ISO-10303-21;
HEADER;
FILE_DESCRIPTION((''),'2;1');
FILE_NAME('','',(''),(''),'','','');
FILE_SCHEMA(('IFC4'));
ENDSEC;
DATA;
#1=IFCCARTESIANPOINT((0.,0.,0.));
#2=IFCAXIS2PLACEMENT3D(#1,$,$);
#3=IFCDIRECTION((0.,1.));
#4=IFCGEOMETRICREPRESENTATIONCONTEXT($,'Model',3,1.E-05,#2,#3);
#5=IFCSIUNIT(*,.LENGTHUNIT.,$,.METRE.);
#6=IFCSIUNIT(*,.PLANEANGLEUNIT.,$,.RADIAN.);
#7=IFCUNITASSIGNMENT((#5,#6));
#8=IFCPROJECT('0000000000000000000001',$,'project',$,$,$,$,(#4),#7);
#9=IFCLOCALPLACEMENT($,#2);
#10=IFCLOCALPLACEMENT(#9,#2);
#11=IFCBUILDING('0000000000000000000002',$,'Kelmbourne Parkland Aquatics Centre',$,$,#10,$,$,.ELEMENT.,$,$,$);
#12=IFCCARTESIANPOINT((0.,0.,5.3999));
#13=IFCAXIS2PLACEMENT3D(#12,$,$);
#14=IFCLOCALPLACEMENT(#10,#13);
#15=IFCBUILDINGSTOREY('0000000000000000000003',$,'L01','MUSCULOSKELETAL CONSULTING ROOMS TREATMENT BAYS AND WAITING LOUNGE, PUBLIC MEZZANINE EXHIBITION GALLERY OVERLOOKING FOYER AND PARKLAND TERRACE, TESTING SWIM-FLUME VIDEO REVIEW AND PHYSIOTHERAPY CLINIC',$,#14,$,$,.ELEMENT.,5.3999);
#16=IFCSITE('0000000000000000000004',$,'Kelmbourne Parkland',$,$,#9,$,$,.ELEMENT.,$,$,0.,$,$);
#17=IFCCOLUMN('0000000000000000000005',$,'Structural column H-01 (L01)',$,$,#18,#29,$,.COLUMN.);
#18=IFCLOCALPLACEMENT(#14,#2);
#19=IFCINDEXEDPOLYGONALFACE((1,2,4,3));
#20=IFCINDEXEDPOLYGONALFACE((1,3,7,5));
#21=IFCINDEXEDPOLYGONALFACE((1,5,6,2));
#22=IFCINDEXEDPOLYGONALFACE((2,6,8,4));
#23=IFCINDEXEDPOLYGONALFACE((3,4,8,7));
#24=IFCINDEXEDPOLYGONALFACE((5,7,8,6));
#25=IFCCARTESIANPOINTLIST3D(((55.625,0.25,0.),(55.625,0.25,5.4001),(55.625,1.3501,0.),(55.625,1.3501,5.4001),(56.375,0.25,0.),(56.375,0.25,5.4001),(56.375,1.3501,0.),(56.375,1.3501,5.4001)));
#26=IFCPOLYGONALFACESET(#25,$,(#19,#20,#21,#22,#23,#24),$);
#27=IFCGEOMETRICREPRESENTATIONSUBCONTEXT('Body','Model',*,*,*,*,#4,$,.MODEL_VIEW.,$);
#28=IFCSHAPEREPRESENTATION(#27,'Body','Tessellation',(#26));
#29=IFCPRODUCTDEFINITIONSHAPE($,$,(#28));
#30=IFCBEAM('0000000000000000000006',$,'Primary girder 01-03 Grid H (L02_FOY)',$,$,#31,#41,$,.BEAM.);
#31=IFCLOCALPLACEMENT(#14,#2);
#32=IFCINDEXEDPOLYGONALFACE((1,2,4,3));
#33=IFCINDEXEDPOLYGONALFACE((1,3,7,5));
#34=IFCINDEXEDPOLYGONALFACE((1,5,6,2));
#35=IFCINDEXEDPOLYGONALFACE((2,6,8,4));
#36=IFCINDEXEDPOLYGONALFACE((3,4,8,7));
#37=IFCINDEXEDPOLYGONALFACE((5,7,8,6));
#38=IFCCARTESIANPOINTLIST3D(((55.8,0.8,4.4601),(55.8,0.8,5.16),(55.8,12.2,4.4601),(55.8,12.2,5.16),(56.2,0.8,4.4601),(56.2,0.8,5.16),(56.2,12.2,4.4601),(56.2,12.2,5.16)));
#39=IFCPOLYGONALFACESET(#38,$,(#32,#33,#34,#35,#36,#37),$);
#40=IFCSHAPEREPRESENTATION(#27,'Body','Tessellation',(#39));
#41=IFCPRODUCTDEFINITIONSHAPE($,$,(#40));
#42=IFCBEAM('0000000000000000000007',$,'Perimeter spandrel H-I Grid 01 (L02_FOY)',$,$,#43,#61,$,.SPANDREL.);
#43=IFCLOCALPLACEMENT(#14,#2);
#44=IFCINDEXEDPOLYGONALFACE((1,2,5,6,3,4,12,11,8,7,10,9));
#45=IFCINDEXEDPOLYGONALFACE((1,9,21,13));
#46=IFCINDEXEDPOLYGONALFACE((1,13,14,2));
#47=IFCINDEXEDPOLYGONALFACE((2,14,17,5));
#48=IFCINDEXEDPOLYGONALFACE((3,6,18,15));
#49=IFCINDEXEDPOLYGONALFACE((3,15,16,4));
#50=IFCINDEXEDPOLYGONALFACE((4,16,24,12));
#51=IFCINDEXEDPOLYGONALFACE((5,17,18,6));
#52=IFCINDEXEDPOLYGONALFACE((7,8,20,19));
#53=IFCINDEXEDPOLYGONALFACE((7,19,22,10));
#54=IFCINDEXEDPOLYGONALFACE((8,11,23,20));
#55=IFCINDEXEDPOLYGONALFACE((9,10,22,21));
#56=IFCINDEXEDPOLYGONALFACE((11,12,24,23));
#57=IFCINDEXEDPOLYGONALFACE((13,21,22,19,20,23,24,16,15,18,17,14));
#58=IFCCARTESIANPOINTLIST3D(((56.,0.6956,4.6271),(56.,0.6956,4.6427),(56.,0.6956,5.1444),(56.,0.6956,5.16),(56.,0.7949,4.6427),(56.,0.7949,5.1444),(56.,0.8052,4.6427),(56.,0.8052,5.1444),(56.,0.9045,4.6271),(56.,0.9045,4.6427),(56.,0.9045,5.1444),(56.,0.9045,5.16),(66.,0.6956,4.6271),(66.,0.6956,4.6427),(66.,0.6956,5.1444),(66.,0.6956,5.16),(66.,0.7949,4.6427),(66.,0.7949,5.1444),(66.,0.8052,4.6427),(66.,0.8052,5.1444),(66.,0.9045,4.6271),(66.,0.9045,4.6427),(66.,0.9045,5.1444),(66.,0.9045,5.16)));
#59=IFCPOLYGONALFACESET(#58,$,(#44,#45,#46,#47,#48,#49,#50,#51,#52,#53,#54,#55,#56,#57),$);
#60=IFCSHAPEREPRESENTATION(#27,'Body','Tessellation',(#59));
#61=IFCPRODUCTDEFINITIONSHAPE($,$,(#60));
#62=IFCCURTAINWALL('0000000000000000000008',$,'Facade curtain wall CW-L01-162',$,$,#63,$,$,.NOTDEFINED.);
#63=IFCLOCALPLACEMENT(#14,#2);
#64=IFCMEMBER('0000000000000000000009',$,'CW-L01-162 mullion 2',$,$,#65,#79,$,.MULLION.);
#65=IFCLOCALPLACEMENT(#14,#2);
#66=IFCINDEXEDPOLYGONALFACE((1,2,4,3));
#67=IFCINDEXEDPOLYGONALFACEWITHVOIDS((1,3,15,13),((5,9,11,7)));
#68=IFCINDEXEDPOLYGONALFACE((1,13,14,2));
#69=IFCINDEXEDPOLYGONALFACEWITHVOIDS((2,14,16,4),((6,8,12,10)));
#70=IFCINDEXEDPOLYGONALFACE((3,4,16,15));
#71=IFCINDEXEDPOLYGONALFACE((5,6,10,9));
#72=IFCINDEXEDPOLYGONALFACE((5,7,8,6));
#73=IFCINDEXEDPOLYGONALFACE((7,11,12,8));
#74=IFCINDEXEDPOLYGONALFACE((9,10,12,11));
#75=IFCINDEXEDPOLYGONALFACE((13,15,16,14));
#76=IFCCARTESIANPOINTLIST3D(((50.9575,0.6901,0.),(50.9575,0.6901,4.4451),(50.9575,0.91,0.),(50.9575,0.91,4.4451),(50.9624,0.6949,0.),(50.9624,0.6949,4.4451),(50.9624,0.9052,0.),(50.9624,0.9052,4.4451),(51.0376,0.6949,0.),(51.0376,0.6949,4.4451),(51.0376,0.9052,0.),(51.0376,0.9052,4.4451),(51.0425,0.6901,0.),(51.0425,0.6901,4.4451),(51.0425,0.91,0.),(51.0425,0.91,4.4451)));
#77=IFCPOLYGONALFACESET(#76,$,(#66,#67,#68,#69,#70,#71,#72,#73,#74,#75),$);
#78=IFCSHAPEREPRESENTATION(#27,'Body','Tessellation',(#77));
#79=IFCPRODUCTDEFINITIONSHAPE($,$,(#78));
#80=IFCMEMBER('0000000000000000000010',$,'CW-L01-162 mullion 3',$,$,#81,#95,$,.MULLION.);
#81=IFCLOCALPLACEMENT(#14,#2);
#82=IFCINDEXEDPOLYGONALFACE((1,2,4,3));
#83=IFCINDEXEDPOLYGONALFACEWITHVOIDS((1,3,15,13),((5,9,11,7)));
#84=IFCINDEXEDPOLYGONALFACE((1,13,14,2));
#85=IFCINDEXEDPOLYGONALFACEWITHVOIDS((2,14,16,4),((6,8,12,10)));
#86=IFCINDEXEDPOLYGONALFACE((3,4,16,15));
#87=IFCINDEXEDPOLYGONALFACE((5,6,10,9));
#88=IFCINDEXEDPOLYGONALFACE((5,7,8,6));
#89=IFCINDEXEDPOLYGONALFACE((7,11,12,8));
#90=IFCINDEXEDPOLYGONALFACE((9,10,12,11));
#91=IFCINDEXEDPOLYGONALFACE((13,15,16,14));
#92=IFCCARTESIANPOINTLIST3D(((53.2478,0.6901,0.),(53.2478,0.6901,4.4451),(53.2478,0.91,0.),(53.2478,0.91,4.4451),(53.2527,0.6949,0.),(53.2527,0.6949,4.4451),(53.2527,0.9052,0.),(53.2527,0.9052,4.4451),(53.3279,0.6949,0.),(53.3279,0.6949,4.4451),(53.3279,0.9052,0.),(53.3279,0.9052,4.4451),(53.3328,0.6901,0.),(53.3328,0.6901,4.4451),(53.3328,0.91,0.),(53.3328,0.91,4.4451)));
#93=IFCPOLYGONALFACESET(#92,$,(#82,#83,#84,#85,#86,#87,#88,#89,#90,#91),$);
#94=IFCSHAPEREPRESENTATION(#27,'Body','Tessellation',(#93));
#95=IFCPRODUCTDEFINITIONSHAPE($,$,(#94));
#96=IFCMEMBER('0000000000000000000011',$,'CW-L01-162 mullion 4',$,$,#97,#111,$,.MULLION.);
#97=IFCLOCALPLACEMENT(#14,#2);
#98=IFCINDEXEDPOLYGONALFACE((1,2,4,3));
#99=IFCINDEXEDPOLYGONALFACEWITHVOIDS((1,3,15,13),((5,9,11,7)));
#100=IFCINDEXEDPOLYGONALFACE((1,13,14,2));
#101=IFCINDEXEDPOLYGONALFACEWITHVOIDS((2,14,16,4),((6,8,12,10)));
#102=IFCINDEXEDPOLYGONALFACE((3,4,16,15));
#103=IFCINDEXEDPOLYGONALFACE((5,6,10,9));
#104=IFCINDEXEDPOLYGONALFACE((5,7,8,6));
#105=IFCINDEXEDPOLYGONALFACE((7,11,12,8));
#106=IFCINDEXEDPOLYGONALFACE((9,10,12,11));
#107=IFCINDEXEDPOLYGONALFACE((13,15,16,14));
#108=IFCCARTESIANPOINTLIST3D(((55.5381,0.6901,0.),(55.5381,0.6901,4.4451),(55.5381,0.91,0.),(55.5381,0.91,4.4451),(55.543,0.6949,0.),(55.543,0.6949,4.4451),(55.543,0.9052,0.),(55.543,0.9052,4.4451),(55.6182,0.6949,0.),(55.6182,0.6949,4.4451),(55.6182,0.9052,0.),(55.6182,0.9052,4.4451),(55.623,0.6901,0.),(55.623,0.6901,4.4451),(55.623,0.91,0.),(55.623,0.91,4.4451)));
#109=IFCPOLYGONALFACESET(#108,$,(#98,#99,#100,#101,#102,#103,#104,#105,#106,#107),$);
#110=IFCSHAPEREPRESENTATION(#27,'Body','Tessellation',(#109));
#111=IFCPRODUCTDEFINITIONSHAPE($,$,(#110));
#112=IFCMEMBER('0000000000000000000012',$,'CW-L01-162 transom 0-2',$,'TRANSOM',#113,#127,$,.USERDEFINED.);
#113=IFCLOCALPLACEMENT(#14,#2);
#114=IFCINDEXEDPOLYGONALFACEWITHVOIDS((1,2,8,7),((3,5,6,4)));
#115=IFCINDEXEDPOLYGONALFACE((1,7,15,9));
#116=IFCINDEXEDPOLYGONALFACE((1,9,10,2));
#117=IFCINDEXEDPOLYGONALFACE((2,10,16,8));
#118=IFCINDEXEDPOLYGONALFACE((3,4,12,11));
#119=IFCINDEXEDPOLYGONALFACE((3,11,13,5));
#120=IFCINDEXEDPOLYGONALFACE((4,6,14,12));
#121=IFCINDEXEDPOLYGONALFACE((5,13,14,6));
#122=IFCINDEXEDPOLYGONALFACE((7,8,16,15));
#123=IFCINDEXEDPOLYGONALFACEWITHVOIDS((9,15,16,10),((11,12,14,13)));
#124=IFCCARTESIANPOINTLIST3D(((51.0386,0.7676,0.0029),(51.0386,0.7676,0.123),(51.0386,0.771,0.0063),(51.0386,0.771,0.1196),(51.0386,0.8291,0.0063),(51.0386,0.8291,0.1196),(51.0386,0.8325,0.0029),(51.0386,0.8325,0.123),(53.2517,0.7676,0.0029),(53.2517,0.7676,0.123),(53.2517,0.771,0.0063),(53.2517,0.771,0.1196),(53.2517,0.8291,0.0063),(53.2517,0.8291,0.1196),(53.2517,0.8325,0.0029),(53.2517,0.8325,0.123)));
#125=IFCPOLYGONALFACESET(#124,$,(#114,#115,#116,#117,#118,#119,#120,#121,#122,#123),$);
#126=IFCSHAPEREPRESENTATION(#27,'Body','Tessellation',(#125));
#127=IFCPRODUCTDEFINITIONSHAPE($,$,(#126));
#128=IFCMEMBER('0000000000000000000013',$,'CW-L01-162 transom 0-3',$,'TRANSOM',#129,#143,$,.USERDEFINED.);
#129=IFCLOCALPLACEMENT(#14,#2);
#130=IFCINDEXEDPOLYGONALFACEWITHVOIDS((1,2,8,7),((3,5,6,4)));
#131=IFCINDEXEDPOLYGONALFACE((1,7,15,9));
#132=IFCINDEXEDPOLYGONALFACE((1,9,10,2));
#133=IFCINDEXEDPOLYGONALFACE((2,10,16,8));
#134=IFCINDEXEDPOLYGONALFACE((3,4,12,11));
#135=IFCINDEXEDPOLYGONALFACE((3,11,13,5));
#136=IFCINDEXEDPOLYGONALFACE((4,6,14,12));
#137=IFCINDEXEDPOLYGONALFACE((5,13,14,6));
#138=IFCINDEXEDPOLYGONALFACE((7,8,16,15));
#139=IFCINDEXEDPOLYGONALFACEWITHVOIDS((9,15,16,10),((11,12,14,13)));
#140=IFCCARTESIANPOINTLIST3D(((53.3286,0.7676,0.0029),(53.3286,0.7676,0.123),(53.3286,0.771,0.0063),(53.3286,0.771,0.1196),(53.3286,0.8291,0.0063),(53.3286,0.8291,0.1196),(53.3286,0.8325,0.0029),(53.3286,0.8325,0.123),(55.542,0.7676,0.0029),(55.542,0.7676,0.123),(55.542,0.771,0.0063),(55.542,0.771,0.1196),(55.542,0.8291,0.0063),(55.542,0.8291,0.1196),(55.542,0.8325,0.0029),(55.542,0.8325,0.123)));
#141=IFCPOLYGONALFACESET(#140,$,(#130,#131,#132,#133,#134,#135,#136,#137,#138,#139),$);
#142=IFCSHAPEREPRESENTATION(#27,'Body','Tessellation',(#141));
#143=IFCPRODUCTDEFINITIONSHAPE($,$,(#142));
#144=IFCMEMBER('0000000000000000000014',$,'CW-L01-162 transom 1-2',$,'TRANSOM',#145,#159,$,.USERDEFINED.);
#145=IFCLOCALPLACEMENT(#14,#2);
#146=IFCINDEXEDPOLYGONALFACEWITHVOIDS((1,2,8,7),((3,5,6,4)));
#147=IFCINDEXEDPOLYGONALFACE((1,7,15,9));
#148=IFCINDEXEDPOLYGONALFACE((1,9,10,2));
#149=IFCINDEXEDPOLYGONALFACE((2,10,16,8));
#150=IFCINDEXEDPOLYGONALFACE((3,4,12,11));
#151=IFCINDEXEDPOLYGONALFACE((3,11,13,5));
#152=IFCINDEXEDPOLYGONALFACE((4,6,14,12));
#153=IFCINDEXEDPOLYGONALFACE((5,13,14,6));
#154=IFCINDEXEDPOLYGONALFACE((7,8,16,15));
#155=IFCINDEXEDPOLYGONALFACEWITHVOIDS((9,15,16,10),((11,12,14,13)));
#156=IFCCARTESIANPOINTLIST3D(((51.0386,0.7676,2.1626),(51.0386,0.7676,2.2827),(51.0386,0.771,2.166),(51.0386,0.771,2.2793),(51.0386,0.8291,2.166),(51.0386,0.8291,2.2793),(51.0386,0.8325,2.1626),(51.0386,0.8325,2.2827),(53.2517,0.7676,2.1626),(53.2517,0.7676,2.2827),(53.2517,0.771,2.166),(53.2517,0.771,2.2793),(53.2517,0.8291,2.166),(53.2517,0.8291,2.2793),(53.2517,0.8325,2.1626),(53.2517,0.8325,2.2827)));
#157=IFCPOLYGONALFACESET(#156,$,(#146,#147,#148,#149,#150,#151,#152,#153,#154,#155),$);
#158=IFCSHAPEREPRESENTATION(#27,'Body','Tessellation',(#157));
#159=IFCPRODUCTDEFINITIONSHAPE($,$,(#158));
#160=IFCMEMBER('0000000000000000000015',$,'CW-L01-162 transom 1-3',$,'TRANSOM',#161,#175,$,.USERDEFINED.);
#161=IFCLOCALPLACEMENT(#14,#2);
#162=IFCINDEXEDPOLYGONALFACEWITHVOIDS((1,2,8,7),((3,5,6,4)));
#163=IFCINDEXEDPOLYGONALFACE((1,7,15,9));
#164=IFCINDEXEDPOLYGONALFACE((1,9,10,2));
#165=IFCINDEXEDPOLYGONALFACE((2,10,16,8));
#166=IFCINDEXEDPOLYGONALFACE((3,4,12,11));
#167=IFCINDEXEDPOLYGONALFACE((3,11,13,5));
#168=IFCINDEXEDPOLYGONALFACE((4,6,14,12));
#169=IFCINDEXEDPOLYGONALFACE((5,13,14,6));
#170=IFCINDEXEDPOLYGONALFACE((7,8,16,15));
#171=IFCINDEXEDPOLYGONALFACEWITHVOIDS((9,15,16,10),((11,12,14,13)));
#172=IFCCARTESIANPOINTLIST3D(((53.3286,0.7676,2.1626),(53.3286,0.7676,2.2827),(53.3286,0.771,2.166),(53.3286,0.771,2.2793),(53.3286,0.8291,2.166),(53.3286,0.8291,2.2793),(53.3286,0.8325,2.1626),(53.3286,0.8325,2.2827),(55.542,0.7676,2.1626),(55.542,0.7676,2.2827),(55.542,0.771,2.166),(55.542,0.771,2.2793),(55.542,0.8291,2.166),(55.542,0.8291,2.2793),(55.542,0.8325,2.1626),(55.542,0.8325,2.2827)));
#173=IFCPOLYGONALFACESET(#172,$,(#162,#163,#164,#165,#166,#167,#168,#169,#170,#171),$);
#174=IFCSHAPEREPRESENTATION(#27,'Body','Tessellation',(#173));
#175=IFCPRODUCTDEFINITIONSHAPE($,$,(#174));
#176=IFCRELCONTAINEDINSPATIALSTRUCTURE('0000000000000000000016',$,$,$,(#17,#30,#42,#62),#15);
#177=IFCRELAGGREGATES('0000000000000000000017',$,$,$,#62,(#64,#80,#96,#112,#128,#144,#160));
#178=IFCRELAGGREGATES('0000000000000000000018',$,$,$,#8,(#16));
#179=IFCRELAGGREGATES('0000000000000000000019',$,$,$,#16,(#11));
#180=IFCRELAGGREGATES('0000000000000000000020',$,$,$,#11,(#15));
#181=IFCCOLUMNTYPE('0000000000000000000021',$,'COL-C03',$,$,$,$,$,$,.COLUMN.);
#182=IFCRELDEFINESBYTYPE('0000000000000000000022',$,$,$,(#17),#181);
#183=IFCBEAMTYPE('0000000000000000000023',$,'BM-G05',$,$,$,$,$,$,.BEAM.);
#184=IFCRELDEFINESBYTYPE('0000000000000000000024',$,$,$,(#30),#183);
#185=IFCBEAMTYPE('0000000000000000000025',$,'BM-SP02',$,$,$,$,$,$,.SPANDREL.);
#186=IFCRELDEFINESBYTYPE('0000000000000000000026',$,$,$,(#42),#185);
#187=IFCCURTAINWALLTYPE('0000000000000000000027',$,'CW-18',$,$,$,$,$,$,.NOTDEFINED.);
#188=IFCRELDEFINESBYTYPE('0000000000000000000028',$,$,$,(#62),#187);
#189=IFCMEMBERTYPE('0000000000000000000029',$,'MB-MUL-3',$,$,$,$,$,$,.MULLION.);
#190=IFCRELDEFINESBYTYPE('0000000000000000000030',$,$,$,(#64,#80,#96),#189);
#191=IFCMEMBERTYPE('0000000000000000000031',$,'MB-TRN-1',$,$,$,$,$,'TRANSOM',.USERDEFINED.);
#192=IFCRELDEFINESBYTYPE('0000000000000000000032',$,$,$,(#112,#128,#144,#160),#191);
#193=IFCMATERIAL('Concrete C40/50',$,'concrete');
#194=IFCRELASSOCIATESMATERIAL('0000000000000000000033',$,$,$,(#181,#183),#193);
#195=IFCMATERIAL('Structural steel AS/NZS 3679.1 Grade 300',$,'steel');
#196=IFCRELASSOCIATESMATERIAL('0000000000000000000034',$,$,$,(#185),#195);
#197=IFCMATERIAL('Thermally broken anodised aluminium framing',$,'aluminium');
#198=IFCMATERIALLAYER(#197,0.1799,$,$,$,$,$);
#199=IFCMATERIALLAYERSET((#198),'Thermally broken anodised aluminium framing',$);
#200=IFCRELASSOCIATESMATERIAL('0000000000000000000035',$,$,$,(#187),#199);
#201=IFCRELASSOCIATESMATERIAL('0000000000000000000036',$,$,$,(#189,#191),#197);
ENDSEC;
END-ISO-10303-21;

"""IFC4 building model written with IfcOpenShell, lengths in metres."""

from ifc_helpers import new_model, si_unit, direction, frame, origin, origin_2d, place, context, subcontext, project, spatial, rectangle, hollow_rectangle, i_section, extrude, material, layer, layer_set, material_profile, profile_set, type_object, element, aggregate, save


model = new_model("IFC4")

# Units and contexts
model_context = context("Model", 3, precision=1e-05, world=origin(), true_north=direction((0.0, 1.0)))
body_context = subcontext(model_context, "Body", "Model", "MODEL_VIEW")
ifc_project = project(units=[si_unit("LENGTHUNIT", "METRE"), si_unit("PLANEANGLEUNIT", "RADIAN")], contexts=[model_context])

# Site, building, storey
site_placement = place(None, origin())
site = spatial("IfcSite", under=ifc_project, at=site_placement, Name="Kelmbourne Parkland", CompositionType="ELEMENT", RefElevation=0.0)
building_placement = place(site_placement, origin())
building = spatial("IfcBuilding", under=site, at=building_placement, Name="Kelmbourne Parkland Aquatics Centre", CompositionType="ELEMENT")
storey_placement = place(building_placement, frame((0.0, 0.0, 5.3999)))
storey = spatial("IfcBuildingStorey", under=building, at=storey_placement, Name="L01", Description="MUSCULOSKELETAL CONSULTING ROOMS TREATMENT BAYS AND WAITING LOUNGE, PUBLIC MEZZANINE EXHIBITION GALLERY OVERLOOKING FOYER AND PARKLAND TERRACE, TESTING SWIM-FLUME VIDEO REVIEW AND PHYSIOTHERAPY CLINIC", CompositionType="ELEMENT", Elevation=5.3999)

# Column
ifc_material_1 = material(Name="Concrete C40/50", Category="concrete")
ifc_material_profile_1 = material_profile(ifc_material_1, rectangle(XDim=0.75, YDim=1.1001, at=origin_2d()), Name="RC 750x1100")
ifc_profile_set_1 = profile_set([ifc_material_profile_1], Name="Concrete C40/50")
column_type = type_object("IfcColumnType", Name="COL-C03", PredefinedType="COLUMN", material=ifc_profile_set_1)
column_placement = place(storey_placement, frame((56.0, 0.8, 0.0), z_axis=(0.0, 0.0, 1.0), x_axis=(1.0, 0.0, 0.0)))
element("IfcColumn", 1, at=column_placement, inside=storey, type_object=column_type, Name="Structural column H-01 (L01)", PredefinedType="COLUMN", context=body_context, shape_type="SweptSolid", body=[
    extrude(rectangle(XDim=0.75, YDim=1.1001, at=origin_2d()), origin(), (0.0, 0.0, 1.0), 5.4001),
])

# Beams
ifc_material_profile_2 = material_profile(ifc_material_1, rectangle(XDim=0.3999, YDim=0.7, at=origin_2d()), Name="RC 400x700")
ifc_profile_set_2 = profile_set([ifc_material_profile_2], Name="Concrete C40/50")
beam_type_1 = type_object("IfcBeamType", Name="BM-G05", PredefinedType="BEAM", material=ifc_profile_set_2)
beam_1_placement = place(storey_placement, frame((56.0, 0.8, 4.8101), z_axis=(0.0, 1.0, 0.0), x_axis=(-1.0, 0.0, 0.0)))
element("IfcBeam", 2, at=beam_1_placement, inside=storey, type_object=beam_type_1, Name="Primary girder 01-03 Grid H (L02_FOY)", PredefinedType="BEAM", context=body_context, shape_type="SweptSolid", body=[
    extrude(rectangle(XDim=0.3999, YDim=0.7, at=origin_2d()), origin(), (0.0, 0.0, 1.0), 11.3999),
])
ifc_material_2 = material(Name="Structural steel AS/NZS 3679.1 Grade 300", Category="steel")
ifc_material_profile_3 = material_profile(ifc_material_2, i_section(OverallWidth=0.209, OverallDepth=0.533, WebThickness=0.0103, FlangeThickness=0.0156, at=origin_2d()), Name="530UB92.4")
ifc_profile_set_3 = profile_set([ifc_material_profile_3], Name="Structural steel AS/NZS 3679.1 Grade 300")
beam_type_2 = type_object("IfcBeamType", Name="BM-SP02", PredefinedType="SPANDREL", material=ifc_profile_set_3)
beam_2_placement = place(storey_placement, frame((56.0, 0.8, 4.8936), z_axis=(1.0, 0.0, 0.0), x_axis=(0.0, 1.0, 0.0)))
element("IfcBeam", 3, at=beam_2_placement, inside=storey, type_object=beam_type_2, Name="Perimeter spandrel H-I Grid 01 (L02_FOY)", PredefinedType="SPANDREL", context=body_context, shape_type="SweptSolid", body=[
    extrude(i_section(OverallWidth=0.209, OverallDepth=0.533, WebThickness=0.0103, FlangeThickness=0.0156, at=origin_2d()), origin(), (0.0, 0.0, 1.0), 10.0),
])

# Curtain wall, members
ifc_material_3 = material(Name="Thermally broken anodised aluminium framing", Category="aluminium")
ifc_layer_1 = layer(ifc_material_3, 0.1799)
ifc_layer_set_1 = layer_set([ifc_layer_1], Name="Thermally broken anodised aluminium framing")
curtain_wall_type = type_object("IfcCurtainWallType", Name="CW-18", PredefinedType="NOTDEFINED", material=ifc_layer_set_1)
curtain_wall_placement = place(storey_placement, origin())
curtain_wall = element("IfcCurtainWall", 4, at=curtain_wall_placement, inside=storey, type_object=curtain_wall_type, Name="Facade curtain wall CW-L01-162", PredefinedType="NOTDEFINED")
ifc_material_profile_4 = material_profile(ifc_material_3, hollow_rectangle(XDim=0.085, YDim=0.22, WallThickness=0.0049, at=origin_2d()), Name="CW-M 85x220")
ifc_profile_set_4 = profile_set([ifc_material_profile_4], Name="Thermally broken anodised aluminium framing")
member_type_1 = type_object("IfcMemberType", Name="MB-MUL-3", PredefinedType="MULLION", material=ifc_profile_set_4)
member_1_placement = place(storey_placement, frame((51.0, 0.8, 0.0), z_axis=(0.0, 0.0, 1.0), x_axis=(1.0, 0.0, 0.0)))
member_1 = element("IfcMember", 5, at=member_1_placement, type_object=member_type_1, Name="CW-L01-162 mullion 2", PredefinedType="MULLION", context=body_context, shape_type="SweptSolid", body=[
    extrude(hollow_rectangle(XDim=0.085, YDim=0.22, WallThickness=0.0049, at=origin_2d()), origin(), (0.0, 0.0, 1.0), 4.4451),
])
member_2_placement = place(storey_placement, frame((53.2903, 0.8, 0.0), z_axis=(0.0, 0.0, 1.0), x_axis=(1.0, 0.0, 0.0)))
member_2 = element("IfcMember", 6, at=member_2_placement, type_object=member_type_1, Name="CW-L01-162 mullion 3", PredefinedType="MULLION", context=body_context, shape_type="SweptSolid", body=[
    extrude(hollow_rectangle(XDim=0.085, YDim=0.22, WallThickness=0.0049, at=origin_2d()), origin(), (0.0, 0.0, 1.0), 4.4451),
])
member_3_placement = place(storey_placement, frame((55.5806, 0.8, 0.0), z_axis=(0.0, 0.0, 1.0), x_axis=(1.0, 0.0, 0.0)))
member_3 = element("IfcMember", 7, at=member_3_placement, type_object=member_type_1, Name="CW-L01-162 mullion 4", PredefinedType="MULLION", context=body_context, shape_type="SweptSolid", body=[
    extrude(hollow_rectangle(XDim=0.085, YDim=0.22, WallThickness=0.0049, at=origin_2d()), origin(), (0.0, 0.0, 1.0), 4.4451),
])
ifc_material_profile_5 = material_profile(ifc_material_3, hollow_rectangle(XDim=0.0649, YDim=0.1201, WallThickness=0.0034, at=origin_2d()), Name="CW-T 65x120")
ifc_profile_set_5 = profile_set([ifc_material_profile_5], Name="Thermally broken anodised aluminium framing")
member_type_2 = type_object("IfcMemberType", Name="MB-TRN-1", ElementType="TRANSOM", PredefinedType="USERDEFINED", material=ifc_profile_set_5)
member_4_placement = place(storey_placement, frame((51.0386, 0.8, 0.063), z_axis=(1.0, 0.0, 0.0), x_axis=(0.0, 1.0, 0.0)))
member_4 = element("IfcMember", 8, at=member_4_placement, type_object=member_type_2, Name="CW-L01-162 transom 0-2", ObjectType="TRANSOM", PredefinedType="USERDEFINED", context=body_context, shape_type="SweptSolid", body=[
    extrude(hollow_rectangle(XDim=0.0649, YDim=0.1201, WallThickness=0.0034, at=origin_2d()), origin(), (0.0, 0.0, 1.0), 2.2131),
])
member_5_placement = place(storey_placement, frame((53.3286, 0.8, 0.063), z_axis=(1.0, 0.0, 0.0), x_axis=(0.0, 1.0, 0.0)))
member_5 = element("IfcMember", 9, at=member_5_placement, type_object=member_type_2, Name="CW-L01-162 transom 0-3", ObjectType="TRANSOM", PredefinedType="USERDEFINED", context=body_context, shape_type="SweptSolid", body=[
    extrude(hollow_rectangle(XDim=0.0649, YDim=0.1201, WallThickness=0.0034, at=origin_2d()), origin(), (0.0, 0.0, 1.0), 2.2134),
])
member_6_placement = place(storey_placement, frame((51.0386, 0.8, 2.2227), z_axis=(1.0, 0.0, 0.0), x_axis=(0.0, 1.0, 0.0)))
member_6 = element("IfcMember", 10, at=member_6_placement, type_object=member_type_2, Name="CW-L01-162 transom 1-2", ObjectType="TRANSOM", PredefinedType="USERDEFINED", context=body_context, shape_type="SweptSolid", body=[
    extrude(hollow_rectangle(XDim=0.0649, YDim=0.1201, WallThickness=0.0034, at=origin_2d()), origin(), (0.0, 0.0, 1.0), 2.2131),
])
member_7_placement = place(storey_placement, frame((53.3286, 0.8, 2.2227), z_axis=(1.0, 0.0, 0.0), x_axis=(0.0, 1.0, 0.0)))
member_7 = element("IfcMember", 11, at=member_7_placement, type_object=member_type_2, Name="CW-L01-162 transom 1-3", ObjectType="TRANSOM", PredefinedType="USERDEFINED", context=body_context, shape_type="SweptSolid", body=[
    extrude(hollow_rectangle(XDim=0.0649, YDim=0.1201, WallThickness=0.0034, at=origin_2d()), origin(), (0.0, 0.0, 1.0), 2.2134),
])
aggregate(curtain_wall, [member_1, member_2, member_3, member_4, member_5, member_6, member_7])

save(model, "model.ifc")
